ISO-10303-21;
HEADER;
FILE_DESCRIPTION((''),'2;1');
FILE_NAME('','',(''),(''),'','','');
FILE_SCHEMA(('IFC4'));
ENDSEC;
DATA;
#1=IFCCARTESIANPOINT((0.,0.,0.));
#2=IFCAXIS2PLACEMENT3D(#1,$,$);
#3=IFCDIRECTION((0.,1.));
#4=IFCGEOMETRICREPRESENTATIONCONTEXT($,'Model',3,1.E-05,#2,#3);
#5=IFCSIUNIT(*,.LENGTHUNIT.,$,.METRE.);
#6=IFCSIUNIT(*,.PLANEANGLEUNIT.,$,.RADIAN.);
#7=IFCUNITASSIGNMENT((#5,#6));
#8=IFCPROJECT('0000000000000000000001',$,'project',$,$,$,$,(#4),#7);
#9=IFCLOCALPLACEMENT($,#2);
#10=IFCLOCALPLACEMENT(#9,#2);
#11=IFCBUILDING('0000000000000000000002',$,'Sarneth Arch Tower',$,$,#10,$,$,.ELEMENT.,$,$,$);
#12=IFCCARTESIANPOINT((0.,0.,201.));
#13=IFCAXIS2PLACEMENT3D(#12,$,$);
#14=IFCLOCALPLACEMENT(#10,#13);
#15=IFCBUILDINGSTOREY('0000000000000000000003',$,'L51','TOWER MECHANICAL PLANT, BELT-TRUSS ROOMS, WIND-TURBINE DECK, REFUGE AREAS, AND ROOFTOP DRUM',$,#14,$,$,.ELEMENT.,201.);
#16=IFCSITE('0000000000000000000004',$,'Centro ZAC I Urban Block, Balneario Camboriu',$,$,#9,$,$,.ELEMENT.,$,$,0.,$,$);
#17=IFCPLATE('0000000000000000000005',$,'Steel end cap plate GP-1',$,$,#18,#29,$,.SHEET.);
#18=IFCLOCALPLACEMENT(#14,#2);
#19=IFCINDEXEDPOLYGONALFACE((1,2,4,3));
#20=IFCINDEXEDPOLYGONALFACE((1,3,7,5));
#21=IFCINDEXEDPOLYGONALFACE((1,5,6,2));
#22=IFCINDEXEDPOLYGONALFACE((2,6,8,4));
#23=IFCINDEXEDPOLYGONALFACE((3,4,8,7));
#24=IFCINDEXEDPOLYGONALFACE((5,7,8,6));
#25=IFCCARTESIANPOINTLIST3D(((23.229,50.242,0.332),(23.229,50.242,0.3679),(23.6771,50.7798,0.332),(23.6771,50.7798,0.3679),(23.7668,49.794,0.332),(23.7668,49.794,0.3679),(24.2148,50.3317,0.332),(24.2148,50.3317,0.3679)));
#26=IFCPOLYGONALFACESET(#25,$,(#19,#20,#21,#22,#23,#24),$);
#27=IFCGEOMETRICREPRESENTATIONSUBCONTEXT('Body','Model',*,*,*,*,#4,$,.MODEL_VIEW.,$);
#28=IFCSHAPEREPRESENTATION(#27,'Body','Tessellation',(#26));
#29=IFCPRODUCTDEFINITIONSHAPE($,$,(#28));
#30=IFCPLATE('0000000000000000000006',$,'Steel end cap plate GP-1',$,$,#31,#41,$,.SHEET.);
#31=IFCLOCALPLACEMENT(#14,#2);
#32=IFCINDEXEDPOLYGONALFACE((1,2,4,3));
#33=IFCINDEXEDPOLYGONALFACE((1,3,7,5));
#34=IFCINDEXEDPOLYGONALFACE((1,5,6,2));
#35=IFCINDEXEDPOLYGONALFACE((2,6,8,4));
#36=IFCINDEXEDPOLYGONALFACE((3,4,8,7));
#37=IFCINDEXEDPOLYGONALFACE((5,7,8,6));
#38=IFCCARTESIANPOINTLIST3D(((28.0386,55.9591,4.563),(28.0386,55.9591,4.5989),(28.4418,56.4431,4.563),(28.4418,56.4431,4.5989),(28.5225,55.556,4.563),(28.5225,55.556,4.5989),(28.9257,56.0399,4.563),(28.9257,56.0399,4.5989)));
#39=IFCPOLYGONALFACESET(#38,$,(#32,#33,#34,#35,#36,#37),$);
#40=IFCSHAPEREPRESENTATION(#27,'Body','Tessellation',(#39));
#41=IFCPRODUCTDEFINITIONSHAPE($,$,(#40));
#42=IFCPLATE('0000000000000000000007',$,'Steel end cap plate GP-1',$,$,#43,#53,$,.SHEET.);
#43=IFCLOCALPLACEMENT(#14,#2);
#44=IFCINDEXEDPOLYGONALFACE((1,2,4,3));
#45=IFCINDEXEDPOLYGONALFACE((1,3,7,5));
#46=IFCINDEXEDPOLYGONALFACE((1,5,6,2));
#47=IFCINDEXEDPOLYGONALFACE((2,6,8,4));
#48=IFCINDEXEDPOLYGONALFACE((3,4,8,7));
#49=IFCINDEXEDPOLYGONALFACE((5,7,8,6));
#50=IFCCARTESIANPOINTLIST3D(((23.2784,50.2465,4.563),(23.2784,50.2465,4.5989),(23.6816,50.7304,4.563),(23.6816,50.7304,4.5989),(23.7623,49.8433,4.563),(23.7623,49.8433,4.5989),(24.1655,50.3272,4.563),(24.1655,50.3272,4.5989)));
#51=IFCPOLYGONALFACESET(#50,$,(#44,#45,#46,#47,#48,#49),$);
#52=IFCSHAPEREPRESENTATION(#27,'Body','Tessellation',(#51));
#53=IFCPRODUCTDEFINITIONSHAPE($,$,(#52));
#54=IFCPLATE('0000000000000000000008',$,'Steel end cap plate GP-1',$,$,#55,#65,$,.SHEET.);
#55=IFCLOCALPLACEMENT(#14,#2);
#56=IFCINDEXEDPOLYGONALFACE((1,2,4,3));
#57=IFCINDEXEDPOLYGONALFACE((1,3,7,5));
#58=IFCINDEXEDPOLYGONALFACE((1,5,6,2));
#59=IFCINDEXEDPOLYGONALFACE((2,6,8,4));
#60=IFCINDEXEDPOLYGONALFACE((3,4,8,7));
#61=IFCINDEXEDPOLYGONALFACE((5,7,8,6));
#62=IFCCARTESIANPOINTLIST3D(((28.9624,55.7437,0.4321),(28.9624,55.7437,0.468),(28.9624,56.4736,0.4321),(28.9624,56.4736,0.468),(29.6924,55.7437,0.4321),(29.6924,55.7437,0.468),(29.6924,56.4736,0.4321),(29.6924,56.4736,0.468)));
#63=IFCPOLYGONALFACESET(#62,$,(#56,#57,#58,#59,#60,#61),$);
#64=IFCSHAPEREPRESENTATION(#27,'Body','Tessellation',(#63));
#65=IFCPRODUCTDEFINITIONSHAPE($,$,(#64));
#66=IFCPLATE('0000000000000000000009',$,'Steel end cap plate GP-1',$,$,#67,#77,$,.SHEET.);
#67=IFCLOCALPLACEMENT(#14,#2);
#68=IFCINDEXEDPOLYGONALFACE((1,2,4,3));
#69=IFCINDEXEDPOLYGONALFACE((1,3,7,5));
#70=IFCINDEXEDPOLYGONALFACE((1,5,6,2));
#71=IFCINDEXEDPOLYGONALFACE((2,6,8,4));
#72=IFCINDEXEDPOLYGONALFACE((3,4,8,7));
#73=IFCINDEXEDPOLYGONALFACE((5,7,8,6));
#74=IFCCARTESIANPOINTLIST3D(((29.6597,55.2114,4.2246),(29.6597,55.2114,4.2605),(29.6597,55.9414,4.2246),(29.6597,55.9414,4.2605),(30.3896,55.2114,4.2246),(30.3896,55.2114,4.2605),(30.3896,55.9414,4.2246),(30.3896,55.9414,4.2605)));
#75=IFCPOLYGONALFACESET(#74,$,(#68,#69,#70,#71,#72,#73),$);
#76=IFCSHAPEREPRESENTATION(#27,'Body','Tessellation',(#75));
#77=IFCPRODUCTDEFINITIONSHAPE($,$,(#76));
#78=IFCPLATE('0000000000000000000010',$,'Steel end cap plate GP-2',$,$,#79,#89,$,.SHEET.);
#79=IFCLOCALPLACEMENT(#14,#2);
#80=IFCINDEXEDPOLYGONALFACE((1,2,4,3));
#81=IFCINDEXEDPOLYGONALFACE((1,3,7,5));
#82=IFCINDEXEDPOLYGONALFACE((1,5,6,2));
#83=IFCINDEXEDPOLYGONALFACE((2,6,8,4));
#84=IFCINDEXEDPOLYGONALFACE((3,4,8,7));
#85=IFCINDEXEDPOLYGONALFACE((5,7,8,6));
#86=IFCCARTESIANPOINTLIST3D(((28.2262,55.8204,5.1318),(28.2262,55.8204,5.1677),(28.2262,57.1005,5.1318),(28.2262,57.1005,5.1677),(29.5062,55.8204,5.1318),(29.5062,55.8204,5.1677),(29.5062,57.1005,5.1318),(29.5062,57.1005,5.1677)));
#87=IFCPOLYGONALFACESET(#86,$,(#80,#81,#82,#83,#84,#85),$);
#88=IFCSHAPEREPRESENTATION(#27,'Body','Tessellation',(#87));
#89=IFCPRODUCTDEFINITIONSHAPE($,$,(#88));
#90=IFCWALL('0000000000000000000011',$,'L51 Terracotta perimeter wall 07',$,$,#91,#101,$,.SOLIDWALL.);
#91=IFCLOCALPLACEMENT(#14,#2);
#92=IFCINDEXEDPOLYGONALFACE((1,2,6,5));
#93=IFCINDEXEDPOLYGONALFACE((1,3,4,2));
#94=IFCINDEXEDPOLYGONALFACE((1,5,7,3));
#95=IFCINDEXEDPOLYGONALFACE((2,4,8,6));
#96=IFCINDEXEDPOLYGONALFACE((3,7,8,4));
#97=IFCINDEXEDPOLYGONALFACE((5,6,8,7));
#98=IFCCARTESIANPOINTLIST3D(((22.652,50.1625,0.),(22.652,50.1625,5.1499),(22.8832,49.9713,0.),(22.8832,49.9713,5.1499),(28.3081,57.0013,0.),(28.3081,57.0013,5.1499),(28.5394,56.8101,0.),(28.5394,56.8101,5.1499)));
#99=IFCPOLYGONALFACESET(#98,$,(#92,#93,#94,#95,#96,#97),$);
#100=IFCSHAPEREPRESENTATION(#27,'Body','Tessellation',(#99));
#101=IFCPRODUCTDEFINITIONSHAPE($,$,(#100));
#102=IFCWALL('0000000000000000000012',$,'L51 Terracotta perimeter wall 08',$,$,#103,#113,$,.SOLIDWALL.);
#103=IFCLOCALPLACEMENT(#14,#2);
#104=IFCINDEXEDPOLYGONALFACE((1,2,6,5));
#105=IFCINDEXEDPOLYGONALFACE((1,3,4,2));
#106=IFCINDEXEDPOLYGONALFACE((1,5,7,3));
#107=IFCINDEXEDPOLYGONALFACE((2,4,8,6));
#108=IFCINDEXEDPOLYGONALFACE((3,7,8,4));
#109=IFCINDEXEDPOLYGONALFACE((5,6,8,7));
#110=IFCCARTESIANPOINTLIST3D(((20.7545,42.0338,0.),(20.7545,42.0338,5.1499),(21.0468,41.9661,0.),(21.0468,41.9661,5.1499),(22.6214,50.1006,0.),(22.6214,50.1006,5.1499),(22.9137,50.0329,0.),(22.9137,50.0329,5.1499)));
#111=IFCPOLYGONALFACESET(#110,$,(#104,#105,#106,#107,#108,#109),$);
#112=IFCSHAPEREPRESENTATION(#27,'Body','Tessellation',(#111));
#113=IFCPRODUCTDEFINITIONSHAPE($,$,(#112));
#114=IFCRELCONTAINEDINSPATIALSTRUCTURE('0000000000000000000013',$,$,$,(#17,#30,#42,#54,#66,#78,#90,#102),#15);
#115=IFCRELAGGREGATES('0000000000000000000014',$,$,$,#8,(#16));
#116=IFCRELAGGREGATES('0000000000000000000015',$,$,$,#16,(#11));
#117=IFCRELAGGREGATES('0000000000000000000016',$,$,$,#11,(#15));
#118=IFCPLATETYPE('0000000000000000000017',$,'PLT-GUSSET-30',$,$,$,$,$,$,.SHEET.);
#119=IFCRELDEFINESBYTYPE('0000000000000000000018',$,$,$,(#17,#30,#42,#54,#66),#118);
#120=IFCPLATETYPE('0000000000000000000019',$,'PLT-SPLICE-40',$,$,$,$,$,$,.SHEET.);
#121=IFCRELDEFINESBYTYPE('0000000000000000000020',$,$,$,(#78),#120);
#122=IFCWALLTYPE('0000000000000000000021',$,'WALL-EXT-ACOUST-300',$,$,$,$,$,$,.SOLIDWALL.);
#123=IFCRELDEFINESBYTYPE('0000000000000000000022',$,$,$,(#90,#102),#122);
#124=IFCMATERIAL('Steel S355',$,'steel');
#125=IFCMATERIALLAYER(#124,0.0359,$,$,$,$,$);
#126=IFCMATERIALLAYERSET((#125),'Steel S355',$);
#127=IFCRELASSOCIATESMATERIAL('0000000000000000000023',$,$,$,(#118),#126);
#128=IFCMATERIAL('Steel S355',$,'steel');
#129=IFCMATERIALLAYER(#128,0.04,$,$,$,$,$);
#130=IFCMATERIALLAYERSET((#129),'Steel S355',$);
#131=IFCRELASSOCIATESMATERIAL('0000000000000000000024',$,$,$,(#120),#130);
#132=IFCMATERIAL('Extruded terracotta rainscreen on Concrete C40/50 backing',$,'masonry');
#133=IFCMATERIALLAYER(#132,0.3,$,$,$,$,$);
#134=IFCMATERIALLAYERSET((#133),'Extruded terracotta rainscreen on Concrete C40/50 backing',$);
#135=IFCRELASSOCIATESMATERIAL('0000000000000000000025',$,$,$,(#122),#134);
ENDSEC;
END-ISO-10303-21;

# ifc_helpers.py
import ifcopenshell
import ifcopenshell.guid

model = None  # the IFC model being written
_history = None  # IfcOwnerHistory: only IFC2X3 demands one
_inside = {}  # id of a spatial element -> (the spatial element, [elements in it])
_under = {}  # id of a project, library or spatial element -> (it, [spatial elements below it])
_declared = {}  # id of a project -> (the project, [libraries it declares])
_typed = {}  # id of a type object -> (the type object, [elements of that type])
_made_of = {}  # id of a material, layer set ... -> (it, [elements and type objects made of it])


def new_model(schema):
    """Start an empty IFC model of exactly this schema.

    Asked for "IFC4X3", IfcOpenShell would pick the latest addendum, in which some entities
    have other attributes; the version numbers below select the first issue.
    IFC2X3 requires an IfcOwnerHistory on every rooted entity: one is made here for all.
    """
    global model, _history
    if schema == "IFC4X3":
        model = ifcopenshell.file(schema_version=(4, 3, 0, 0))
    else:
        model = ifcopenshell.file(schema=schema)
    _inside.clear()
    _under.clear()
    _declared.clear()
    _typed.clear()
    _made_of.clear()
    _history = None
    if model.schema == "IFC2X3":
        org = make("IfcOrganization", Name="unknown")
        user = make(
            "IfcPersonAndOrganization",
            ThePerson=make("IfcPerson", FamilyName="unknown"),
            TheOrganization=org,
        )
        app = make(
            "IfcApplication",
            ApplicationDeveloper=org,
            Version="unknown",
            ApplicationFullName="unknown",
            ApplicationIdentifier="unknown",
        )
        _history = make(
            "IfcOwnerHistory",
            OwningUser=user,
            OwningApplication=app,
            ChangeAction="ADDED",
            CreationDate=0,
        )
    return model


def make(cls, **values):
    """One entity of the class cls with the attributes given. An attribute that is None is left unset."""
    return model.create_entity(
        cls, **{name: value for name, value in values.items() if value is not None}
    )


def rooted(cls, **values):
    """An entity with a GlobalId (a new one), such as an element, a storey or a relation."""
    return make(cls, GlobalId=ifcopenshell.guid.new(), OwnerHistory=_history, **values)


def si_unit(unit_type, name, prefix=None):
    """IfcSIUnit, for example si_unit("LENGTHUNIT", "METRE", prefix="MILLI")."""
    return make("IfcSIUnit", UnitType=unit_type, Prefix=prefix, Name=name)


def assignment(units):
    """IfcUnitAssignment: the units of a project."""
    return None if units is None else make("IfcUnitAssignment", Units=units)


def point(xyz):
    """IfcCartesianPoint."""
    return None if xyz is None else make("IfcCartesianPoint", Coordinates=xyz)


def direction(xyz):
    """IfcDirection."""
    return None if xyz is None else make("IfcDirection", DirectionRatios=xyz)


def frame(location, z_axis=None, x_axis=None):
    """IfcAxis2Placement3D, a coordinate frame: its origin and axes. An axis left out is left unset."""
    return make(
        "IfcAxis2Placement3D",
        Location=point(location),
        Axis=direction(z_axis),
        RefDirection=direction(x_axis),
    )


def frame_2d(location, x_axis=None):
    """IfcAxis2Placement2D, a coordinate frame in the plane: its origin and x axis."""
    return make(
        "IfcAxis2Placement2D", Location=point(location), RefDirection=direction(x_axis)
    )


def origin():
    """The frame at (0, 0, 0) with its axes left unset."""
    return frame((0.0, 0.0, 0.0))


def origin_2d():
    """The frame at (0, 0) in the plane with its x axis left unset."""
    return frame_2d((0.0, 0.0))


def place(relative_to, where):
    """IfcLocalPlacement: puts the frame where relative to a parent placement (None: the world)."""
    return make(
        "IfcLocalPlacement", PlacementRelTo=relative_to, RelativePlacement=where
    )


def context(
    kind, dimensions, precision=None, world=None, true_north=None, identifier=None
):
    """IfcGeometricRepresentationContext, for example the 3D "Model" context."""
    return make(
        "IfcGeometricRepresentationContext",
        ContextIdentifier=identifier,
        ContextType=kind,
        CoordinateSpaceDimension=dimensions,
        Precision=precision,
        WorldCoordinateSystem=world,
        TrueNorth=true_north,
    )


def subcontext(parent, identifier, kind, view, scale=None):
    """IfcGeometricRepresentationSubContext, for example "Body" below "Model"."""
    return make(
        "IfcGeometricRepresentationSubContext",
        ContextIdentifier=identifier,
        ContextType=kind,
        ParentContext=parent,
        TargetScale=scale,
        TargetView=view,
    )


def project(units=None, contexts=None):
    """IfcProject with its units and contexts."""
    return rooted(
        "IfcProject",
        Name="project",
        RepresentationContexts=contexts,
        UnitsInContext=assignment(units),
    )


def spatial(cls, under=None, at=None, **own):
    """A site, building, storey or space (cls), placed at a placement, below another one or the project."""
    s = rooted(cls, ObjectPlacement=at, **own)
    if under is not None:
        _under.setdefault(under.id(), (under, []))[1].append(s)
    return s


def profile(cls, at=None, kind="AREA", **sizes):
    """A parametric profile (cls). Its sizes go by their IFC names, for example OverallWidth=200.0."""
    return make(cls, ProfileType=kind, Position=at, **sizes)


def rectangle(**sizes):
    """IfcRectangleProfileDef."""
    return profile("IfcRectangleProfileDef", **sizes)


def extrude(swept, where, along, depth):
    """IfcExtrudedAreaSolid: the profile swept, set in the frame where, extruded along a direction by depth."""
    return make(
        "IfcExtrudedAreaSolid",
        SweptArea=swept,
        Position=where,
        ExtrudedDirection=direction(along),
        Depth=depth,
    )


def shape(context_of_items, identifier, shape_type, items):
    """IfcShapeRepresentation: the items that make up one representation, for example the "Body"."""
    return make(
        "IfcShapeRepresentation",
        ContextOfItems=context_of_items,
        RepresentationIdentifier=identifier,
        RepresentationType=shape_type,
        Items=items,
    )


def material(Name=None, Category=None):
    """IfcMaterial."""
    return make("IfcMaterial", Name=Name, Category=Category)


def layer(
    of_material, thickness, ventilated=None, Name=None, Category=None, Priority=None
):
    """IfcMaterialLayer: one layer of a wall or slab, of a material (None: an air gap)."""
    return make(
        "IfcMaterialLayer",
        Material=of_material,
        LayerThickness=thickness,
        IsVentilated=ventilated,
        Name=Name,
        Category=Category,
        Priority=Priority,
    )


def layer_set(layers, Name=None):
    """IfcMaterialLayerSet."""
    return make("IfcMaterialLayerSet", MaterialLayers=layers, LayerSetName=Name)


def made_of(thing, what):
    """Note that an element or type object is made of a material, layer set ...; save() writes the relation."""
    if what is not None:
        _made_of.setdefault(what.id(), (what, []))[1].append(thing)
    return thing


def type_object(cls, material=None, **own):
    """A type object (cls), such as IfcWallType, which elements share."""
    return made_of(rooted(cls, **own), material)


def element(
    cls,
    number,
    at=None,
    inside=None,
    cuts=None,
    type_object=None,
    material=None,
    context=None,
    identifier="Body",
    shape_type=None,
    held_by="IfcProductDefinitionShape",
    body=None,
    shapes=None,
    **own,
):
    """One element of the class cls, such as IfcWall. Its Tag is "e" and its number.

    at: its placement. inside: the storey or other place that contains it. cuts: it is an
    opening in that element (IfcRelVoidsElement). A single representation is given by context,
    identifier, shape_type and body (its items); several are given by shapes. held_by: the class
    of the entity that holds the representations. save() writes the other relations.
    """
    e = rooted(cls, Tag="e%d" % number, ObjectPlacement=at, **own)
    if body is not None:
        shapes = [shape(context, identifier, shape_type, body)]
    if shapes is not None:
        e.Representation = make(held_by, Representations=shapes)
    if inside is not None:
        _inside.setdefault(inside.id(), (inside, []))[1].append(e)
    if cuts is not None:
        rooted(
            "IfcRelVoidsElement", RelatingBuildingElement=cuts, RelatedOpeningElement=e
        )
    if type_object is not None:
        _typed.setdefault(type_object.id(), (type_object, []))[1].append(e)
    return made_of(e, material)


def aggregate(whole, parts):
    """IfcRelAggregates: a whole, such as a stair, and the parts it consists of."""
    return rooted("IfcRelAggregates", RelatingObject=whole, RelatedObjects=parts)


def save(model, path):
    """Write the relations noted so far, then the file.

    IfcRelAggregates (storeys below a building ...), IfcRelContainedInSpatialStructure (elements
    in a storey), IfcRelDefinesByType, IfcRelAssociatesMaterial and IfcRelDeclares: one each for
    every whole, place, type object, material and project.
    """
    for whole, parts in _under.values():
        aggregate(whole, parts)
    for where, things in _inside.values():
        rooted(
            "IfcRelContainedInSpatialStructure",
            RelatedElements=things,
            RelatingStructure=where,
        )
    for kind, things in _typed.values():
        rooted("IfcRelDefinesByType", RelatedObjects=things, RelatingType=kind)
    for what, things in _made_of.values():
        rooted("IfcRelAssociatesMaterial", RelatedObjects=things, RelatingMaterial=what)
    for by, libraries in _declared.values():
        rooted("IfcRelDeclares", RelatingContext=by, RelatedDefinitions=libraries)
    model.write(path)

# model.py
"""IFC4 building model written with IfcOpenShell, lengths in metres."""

from ifc_helpers import new_model, si_unit, direction, frame, frame_2d, origin, origin_2d, place, context, subcontext, project, spatial, rectangle, extrude, material, layer, layer_set, type_object, element, save


model = new_model("IFC4")

# Units and contexts
model_context = context("Model", 3, precision=1e-05, world=origin(), true_north=direction((0.0, 1.0)))
body_context = subcontext(model_context, "Body", "Model", "MODEL_VIEW")
ifc_project = project(units=[si_unit("LENGTHUNIT", "METRE"), si_unit("PLANEANGLEUNIT", "RADIAN")], contexts=[model_context])

# Site, building, storey
site_placement = place(None, origin())
site = spatial("IfcSite", under=ifc_project, at=site_placement, Name="Centro ZAC I Urban Block, Balneario Camboriu", CompositionType="ELEMENT", RefElevation=0.0)
building_placement = place(site_placement, origin())
building = spatial("IfcBuilding", under=site, at=building_placement, Name="Sarneth Arch Tower", CompositionType="ELEMENT")
storey_placement = place(building_placement, frame((0.0, 0.0, 201.0)))
storey = spatial("IfcBuildingStorey", under=building, at=storey_placement, Name="L51", Description="TOWER MECHANICAL PLANT, BELT-TRUSS ROOMS, WIND-TURBINE DECK, REFUGE AREAS, AND ROOFTOP DRUM", CompositionType="ELEMENT", Elevation=201.0)

# Plates
ifc_material_1 = material(Name="Steel S355", Category="steel")
ifc_layer_1 = layer(ifc_material_1, 0.0359)
ifc_layer_set_1 = layer_set([ifc_layer_1], Name="Steel S355")
plate_type_1 = type_object("IfcPlateType", Name="PLT-GUSSET-30", PredefinedType="SHEET", material=ifc_layer_set_1)
for number, where, z_axis, x_axis, name in (
    (1, (23.7219, 50.2869, 0.332), (0.0, 0.0, 1.0), (-0.64011, -0.768284, 0.0), "Steel end cap plate GP-1"),
):
    element("IfcPlate", number, at=place(storey_placement, frame(where, z_axis=z_axis, x_axis=x_axis)), inside=storey, type_object=plate_type_1, Name=name, PredefinedType="SHEET", context=body_context, shape_type="SweptSolid", body=[
        extrude(rectangle(XDim=0.7, YDim=0.7, at=origin_2d()), origin(), (0.0, 0.0, 1.0), 0.0359),
    ])
for number, where, z_axis, x_axis, name in (
    (2, (28.4822, 55.9995, 4.563), (0.0, 0.0, 1.0), (0.64011, 0.768284, 0.0), "Steel end cap plate GP-1"),
    (3, (23.7219, 50.2869, 4.563), (0.0, 0.0, 1.0), (-0.64011, -0.768284, 0.0), "Steel end cap plate GP-1"),
):
    element("IfcPlate", number, at=place(storey_placement, frame(where, z_axis=z_axis, x_axis=x_axis)), inside=storey, type_object=plate_type_1, Name=name, PredefinedType="SHEET", context=body_context, shape_type="SweptSolid", body=[
        extrude(rectangle(XDim=0.6299, YDim=0.6299, at=origin_2d()), origin(), (0.0, 0.0, 1.0), 0.0359),
    ])
for number, where, z_axis, x_axis, name in (
    (4, (29.3274, 56.1086, 0.4321), (0.0, 0.0, 1.0), (1.0, 0.0, 0.0), "Steel end cap plate GP-1"),
    (5, (30.0247, 55.5764, 4.2246), (0.0, 0.0, 1.0), (1.0, 0.0, 0.0), "Steel end cap plate GP-1"),
):
    element("IfcPlate", number, at=place(storey_placement, frame(where, z_axis=z_axis, x_axis=x_axis)), inside=storey, type_object=plate_type_1, Name=name, PredefinedType="SHEET", context=body_context, shape_type="SweptSolid", body=[
        extrude(rectangle(XDim=0.73, YDim=0.73, at=origin_2d()), origin(), (0.0, 0.0, 1.0), 0.0359),
    ])
ifc_material_2 = material(Name="Steel S355", Category="steel")
ifc_layer_2 = layer(ifc_material_2, 0.04)
ifc_layer_set_2 = layer_set([ifc_layer_2], Name="Steel S355")
plate_type_2 = type_object("IfcPlateType", Name="PLT-SPLICE-40", PredefinedType="SHEET", material=ifc_layer_set_2)
plate_1_placement = place(storey_placement, frame((28.8662, 56.4604, 5.1318), z_axis=(0.0, 0.0, 1.0), x_axis=(1.0, 0.0, 0.0)))
element("IfcPlate", 6, at=plate_1_placement, inside=storey, type_object=plate_type_2, Name="Steel end cap plate GP-2", PredefinedType="SHEET", context=body_context, shape_type="SweptSolid", body=[
    extrude(rectangle(XDim=1.28, YDim=1.28, at=origin_2d()), origin(), (0.0, 0.0, 1.0), 0.0359),
])

# Walls
ifc_material_3 = material(Name="Extruded terracotta rainscreen on Concrete C40/50 backing", Category="masonry")
ifc_layer_3 = layer(ifc_material_3, 0.3)
ifc_layer_set_3 = layer_set([ifc_layer_3], Name="Extruded terracotta rainscreen on Concrete C40/50 backing")
wall_type = type_object("IfcWallType", Name="WALL-EXT-ACOUST-300", PredefinedType="SOLIDWALL", material=ifc_layer_set_3)
wall_1_placement = place(storey_placement, frame((28.4238, 56.9058, 0.0), z_axis=(0.0, 0.0, 1.0), x_axis=(-0.637333, -0.770588, 0.0)))
element("IfcWall", 7, at=wall_1_placement, inside=storey, type_object=wall_type, Name="L51 Terracotta perimeter wall 07", PredefinedType="SOLIDWALL", context=body_context, shape_type="SweptSolid", body=[
    extrude(rectangle(XDim=8.8748, YDim=0.3, at=frame_2d((4.4375, 0.0))), origin(), (0.0, 0.0, 1.0), 5.1499),
])
wall_2_placement = place(storey_placement, frame((22.7676, 50.0669, 0.0), z_axis=(0.0, 0.0, 1.0), x_axis=(-0.225473, -0.974249, 0.0)))
element("IfcWall", 8, at=wall_2_placement, inside=storey, type_object=wall_type, Name="L51 Terracotta perimeter wall 08", PredefinedType="SOLIDWALL", context=body_context, shape_type="SweptSolid", body=[
    extrude(rectangle(XDim=8.28, YDim=0.3, at=frame_2d((4.1401, 0.0))), origin(), (0.0, 0.0, 1.0), 5.1499),
])

save(model, "model.ifc")
